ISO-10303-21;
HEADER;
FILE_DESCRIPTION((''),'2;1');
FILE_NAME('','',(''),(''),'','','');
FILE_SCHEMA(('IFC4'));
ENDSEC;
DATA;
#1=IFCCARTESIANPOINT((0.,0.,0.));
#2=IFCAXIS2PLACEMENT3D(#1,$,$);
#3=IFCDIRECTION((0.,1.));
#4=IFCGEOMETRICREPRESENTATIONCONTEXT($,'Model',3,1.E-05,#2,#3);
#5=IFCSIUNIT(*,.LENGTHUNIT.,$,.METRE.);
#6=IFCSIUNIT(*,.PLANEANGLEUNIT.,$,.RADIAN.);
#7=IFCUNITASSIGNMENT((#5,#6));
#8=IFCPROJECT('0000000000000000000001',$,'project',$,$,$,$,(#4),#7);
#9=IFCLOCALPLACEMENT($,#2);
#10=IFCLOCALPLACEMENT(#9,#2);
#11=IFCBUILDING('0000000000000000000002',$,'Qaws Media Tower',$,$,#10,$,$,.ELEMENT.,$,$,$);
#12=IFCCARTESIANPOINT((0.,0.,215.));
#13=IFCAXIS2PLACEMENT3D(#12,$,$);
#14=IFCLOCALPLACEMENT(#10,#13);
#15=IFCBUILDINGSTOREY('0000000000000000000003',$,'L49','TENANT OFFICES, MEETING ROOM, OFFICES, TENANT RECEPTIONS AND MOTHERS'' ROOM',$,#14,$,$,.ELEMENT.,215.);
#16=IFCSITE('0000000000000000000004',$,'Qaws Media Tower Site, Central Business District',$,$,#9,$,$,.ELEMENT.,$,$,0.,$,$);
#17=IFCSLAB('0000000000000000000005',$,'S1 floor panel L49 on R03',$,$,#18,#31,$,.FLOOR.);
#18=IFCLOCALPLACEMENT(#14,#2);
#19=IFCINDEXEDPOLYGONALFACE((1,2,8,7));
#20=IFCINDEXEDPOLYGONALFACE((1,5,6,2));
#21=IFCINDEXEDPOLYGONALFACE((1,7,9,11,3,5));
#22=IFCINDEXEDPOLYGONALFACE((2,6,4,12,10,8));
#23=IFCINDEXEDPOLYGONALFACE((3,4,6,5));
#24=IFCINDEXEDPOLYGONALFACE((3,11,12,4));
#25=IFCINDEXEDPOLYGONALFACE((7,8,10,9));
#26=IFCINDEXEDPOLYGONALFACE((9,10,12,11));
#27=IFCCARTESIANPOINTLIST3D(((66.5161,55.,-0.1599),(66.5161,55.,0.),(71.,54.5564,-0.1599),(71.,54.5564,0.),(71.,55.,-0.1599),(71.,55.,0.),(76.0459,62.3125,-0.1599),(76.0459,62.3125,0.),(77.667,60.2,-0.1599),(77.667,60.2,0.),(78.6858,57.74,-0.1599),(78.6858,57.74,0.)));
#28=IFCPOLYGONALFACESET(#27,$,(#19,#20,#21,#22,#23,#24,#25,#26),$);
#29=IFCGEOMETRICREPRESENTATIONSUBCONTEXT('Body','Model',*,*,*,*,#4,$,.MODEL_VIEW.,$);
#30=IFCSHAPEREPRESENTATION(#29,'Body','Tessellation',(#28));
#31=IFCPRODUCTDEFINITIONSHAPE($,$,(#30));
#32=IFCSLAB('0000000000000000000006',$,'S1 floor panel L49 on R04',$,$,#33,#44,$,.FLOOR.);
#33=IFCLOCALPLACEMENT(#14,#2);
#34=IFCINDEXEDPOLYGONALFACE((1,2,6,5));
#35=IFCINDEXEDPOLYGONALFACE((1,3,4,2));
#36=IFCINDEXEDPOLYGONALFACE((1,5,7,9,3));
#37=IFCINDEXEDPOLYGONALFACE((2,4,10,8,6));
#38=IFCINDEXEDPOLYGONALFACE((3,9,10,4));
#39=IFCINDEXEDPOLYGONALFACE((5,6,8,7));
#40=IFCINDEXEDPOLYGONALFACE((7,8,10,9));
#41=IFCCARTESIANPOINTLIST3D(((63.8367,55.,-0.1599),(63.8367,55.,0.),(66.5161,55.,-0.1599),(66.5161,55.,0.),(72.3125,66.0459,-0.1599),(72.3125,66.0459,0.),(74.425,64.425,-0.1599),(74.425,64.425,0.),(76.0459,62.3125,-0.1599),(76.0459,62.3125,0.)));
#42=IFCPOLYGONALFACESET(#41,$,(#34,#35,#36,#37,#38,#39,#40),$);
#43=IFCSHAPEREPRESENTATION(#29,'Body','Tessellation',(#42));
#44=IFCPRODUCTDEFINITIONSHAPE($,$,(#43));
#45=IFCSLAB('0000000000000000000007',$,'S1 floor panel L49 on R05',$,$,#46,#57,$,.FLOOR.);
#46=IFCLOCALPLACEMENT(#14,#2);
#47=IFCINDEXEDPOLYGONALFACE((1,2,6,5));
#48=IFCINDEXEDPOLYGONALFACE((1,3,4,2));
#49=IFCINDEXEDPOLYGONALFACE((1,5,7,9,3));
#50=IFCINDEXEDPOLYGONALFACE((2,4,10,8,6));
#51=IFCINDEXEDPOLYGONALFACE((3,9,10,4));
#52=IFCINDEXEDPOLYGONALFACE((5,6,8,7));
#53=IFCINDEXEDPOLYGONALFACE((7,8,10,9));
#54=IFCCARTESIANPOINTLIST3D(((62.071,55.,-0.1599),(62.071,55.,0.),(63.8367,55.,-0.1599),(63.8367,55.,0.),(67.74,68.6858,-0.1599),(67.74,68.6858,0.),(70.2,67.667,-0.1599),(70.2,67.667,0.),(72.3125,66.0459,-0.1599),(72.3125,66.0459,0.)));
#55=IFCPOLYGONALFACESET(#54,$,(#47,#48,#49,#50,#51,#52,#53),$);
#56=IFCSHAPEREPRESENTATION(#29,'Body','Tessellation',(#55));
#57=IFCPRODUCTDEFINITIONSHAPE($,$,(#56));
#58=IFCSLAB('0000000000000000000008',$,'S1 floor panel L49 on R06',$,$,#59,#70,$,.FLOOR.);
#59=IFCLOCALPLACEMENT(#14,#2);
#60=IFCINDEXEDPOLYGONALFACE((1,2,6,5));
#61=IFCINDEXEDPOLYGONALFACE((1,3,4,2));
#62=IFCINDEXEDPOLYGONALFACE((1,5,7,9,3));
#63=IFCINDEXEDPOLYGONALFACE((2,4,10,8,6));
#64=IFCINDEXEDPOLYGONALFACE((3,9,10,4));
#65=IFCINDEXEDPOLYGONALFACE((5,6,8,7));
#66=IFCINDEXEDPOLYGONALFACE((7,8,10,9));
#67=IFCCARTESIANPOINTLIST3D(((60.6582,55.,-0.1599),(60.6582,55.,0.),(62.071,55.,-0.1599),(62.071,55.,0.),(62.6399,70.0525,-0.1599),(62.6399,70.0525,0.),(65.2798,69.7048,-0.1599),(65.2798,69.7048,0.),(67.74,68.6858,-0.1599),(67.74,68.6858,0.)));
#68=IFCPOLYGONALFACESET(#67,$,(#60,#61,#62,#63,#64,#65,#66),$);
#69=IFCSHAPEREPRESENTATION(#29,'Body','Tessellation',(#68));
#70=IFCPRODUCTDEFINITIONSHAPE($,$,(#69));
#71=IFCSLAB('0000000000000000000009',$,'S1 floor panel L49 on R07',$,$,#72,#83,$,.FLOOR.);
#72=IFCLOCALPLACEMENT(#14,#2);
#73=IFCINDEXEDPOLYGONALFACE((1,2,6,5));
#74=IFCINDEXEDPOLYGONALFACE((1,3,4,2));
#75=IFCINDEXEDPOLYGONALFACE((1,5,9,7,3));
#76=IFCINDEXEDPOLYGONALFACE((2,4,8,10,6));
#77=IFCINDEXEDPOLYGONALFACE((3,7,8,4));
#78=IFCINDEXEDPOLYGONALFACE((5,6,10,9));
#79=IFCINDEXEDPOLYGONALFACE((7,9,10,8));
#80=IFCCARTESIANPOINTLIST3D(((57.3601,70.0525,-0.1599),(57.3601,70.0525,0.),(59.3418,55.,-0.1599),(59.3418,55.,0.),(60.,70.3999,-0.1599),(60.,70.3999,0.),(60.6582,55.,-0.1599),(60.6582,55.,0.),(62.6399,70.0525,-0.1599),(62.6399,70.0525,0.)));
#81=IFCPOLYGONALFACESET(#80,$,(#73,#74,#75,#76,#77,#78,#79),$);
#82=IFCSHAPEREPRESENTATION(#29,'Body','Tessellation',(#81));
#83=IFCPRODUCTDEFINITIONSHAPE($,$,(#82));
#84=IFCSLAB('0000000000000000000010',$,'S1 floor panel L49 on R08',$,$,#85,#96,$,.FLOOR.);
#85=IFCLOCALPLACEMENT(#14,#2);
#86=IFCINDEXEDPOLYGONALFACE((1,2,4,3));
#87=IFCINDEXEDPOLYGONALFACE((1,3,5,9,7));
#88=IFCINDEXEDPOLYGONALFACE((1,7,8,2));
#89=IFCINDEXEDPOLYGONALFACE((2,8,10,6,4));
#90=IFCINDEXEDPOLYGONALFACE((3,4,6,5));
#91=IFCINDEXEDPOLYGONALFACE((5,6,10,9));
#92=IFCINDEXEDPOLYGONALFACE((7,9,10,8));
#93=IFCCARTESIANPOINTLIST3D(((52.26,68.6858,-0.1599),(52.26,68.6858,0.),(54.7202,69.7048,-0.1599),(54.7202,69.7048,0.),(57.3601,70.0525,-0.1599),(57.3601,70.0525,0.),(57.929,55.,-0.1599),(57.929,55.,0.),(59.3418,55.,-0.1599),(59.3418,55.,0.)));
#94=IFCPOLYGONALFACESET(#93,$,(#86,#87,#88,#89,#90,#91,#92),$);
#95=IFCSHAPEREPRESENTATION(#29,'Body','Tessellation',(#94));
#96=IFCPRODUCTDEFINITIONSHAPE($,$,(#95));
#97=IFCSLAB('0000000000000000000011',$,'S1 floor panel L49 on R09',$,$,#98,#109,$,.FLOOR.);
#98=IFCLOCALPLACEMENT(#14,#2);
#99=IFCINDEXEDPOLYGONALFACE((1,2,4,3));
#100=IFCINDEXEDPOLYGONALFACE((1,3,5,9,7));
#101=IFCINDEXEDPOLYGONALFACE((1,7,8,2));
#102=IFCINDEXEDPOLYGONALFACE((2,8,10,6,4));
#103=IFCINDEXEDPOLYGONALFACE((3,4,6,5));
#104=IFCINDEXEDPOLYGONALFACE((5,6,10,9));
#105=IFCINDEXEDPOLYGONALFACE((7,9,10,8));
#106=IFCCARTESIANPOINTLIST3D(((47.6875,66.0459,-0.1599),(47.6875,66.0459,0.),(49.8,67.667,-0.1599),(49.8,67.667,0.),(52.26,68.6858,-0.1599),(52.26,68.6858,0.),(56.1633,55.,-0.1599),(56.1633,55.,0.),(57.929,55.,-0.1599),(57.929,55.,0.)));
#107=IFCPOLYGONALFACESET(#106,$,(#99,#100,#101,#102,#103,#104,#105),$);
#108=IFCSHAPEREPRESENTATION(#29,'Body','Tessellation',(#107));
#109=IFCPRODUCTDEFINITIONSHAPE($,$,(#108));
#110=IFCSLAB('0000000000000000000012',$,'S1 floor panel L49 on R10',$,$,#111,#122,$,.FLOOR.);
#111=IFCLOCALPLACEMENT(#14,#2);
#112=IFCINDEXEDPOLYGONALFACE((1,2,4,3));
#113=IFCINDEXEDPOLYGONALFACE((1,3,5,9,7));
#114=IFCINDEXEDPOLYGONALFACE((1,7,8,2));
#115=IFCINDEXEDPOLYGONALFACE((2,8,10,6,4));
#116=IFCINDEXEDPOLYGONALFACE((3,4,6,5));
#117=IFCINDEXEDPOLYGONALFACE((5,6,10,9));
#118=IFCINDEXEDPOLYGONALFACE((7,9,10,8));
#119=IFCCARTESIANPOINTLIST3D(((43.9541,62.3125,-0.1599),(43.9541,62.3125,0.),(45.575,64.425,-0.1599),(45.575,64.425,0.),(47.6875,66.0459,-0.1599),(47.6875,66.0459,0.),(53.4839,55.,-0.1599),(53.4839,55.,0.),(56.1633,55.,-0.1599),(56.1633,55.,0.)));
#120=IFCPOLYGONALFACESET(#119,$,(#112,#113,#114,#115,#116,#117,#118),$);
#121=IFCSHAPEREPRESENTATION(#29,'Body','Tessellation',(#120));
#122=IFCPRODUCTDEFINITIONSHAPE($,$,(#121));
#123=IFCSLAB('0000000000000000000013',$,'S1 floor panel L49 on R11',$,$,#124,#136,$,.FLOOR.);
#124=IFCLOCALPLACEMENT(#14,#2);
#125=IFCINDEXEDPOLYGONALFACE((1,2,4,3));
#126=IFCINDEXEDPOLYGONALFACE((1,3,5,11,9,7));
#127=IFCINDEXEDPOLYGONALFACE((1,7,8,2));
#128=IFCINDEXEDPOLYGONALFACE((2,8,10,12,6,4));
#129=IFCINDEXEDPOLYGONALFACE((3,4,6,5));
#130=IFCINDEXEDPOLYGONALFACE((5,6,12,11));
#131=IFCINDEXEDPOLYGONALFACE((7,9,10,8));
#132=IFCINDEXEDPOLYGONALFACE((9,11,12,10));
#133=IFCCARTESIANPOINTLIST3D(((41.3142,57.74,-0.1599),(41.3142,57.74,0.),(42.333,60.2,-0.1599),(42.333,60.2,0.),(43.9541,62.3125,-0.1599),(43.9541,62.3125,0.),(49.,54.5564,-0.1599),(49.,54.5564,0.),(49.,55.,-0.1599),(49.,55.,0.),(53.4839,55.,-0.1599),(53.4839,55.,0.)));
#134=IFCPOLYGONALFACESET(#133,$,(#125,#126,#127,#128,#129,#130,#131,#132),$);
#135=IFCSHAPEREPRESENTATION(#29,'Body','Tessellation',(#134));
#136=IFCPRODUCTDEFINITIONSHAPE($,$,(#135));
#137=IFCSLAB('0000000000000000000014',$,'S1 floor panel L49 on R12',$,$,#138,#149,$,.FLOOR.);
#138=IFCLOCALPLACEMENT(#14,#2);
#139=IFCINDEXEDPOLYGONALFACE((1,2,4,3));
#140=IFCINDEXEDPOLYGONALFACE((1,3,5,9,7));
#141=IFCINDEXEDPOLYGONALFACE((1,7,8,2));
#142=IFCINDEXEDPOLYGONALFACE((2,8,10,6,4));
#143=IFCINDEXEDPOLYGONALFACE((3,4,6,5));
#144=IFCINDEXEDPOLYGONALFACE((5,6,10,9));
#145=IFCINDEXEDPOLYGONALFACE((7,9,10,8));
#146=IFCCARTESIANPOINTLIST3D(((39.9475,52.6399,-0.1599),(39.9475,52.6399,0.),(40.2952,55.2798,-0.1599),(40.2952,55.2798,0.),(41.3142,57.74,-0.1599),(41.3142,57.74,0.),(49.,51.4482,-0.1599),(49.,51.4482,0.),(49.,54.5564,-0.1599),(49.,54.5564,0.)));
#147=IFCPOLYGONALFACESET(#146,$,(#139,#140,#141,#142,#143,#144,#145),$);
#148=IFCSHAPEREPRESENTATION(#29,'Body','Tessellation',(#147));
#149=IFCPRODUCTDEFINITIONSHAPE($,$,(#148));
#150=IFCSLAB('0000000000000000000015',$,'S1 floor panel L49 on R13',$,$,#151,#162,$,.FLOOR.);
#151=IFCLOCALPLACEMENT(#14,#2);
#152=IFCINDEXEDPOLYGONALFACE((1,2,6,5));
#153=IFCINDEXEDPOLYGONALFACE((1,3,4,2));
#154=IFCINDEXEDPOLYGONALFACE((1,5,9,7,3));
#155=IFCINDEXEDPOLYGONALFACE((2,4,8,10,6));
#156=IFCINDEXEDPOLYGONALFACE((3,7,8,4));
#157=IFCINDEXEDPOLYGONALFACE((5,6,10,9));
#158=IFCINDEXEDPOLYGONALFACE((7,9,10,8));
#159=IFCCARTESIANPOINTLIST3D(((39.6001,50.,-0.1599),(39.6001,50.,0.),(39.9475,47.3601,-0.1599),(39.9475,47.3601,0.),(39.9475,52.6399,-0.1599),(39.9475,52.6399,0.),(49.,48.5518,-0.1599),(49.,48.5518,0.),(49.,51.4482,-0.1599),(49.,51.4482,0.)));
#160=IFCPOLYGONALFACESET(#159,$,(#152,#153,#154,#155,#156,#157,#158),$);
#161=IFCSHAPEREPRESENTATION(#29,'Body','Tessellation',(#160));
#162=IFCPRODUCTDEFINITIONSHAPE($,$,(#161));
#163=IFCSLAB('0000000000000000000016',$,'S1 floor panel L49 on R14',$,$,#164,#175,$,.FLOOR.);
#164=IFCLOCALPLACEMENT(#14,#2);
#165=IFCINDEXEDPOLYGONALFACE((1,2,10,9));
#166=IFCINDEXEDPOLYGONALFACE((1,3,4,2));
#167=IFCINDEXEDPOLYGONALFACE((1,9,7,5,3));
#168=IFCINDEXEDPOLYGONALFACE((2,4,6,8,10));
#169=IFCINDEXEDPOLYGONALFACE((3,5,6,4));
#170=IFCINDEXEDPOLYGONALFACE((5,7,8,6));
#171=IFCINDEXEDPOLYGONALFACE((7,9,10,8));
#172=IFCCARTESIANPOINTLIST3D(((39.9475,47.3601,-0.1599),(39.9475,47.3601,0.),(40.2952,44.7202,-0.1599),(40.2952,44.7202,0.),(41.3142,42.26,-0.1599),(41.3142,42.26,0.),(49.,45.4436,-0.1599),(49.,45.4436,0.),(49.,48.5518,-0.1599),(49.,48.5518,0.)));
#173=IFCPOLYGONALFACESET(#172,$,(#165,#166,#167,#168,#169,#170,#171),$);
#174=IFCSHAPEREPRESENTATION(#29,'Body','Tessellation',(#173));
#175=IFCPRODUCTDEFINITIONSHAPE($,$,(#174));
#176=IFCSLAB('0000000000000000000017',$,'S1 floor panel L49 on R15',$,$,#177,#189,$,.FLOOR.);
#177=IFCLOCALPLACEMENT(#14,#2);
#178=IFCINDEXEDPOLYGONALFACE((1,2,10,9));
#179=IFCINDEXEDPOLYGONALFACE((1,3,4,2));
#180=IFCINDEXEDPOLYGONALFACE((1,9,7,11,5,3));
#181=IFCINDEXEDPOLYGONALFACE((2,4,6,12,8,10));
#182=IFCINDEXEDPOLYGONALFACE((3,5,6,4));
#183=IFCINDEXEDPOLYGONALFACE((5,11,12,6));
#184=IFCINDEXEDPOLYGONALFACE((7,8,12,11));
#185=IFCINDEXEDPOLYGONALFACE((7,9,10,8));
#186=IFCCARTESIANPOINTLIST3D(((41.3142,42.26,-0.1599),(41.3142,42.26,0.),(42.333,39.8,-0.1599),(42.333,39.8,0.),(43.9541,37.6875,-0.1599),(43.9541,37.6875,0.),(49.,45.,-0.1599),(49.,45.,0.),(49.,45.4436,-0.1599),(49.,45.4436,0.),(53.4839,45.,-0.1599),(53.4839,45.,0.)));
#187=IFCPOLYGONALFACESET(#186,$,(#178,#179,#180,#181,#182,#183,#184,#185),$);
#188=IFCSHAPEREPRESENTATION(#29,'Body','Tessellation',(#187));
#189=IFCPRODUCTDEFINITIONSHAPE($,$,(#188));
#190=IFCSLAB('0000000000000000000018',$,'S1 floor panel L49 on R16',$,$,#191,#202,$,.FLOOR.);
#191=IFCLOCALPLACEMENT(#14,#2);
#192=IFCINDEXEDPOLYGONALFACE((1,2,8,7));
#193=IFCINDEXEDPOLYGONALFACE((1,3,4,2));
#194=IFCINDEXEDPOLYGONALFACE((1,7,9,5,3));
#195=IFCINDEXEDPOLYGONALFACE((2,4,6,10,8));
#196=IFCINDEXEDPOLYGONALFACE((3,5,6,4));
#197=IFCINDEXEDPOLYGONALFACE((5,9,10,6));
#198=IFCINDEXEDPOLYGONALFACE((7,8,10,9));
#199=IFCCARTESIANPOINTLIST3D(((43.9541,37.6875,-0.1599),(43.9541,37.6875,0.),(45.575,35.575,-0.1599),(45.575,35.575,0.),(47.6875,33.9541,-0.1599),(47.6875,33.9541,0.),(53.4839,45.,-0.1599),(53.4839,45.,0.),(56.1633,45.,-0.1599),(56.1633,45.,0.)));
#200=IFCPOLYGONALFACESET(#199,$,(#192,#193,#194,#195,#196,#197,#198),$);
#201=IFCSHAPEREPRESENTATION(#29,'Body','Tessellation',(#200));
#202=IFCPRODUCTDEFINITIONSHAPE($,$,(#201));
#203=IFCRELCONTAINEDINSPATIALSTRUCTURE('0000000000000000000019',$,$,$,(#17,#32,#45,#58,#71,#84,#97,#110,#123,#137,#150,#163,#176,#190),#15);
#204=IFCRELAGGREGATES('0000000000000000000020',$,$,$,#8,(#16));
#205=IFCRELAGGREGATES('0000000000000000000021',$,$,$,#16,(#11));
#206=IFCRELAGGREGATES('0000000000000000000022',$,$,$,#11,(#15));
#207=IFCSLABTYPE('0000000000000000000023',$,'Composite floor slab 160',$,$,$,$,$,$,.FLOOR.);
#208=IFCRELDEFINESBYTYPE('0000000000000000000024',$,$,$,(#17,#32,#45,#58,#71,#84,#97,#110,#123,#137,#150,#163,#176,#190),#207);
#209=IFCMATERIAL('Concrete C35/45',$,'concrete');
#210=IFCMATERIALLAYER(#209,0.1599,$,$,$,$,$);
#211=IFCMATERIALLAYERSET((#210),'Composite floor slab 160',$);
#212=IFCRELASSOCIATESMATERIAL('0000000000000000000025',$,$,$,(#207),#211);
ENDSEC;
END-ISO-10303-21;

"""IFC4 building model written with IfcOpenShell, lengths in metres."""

from ifc_helpers import new_model, si_unit, direction, frame, origin, place, context, subcontext, project, spatial, polyline, outline, extrude, material, layer, layer_set, type_object, element, save


model = new_model("IFC4")

# Units and contexts
model_context = context("Model", 3, precision=1e-05, world=origin(), true_north=direction((0.0, 1.0)))
body_context = subcontext(model_context, "Body", "Model", "MODEL_VIEW")
ifc_project = project(units=[si_unit("LENGTHUNIT", "METRE"), si_unit("PLANEANGLEUNIT", "RADIAN")], contexts=[model_context])

# Site, building, storey
site_placement = place(None, origin())
site = spatial("IfcSite", under=ifc_project, at=site_placement, Name="Qaws Media Tower Site, Central Business District", CompositionType="ELEMENT", RefElevation=0.0)
building_placement = place(site_placement, origin())
building = spatial("IfcBuilding", under=site, at=building_placement, Name="Qaws Media Tower", CompositionType="ELEMENT")
storey_placement = place(building_placement, frame((0.0, 0.0, 215.0)))
storey = spatial("IfcBuildingStorey", under=building, at=storey_placement, Name="L49", Description="TENANT OFFICES, MEETING ROOM, OFFICES, TENANT RECEPTIONS AND MOTHERS' ROOM", CompositionType="ELEMENT", Elevation=215.0)

# Slabs
ifc_material_1 = material(Name="Concrete C35/45", Category="concrete")
ifc_layer_1 = layer(ifc_material_1, 0.1599)
ifc_layer_set_1 = layer_set([ifc_layer_1], Name="Composite floor slab 160")
slab_type_1 = type_object("IfcSlabType", Name="Composite floor slab 160", PredefinedType="FLOOR", material=ifc_layer_set_1)
slab_1_placement = place(storey_placement, frame((0.0, 0.0, -0.1599)))
element("IfcSlab", 1, at=slab_1_placement, inside=storey, type_object=slab_type_1, Name="S1 floor panel L49 on R03", PredefinedType="FLOOR", context=body_context, shape_type="SweptSolid", body=[
    extrude(outline(polyline([(77.667, 60.2), (78.6858, 57.74), (71.0, 54.5564), (71.0, 55.0), (66.5161, 55.0), (76.0459, 62.3125), (77.667, 60.2)])), origin(), (0.0, 0.0, 1.0), 0.1599),
])
slab_2_placement = place(storey_placement, frame((0.0, 0.0, -0.1599)))
element("IfcSlab", 2, at=slab_2_placement, inside=storey, type_object=slab_type_1, Name="S1 floor panel L49 on R04", PredefinedType="FLOOR", context=body_context, shape_type="SweptSolid", body=[
    extrude(outline(polyline([(74.425, 64.425), (76.0459, 62.3125), (66.5161, 55.0), (63.8367, 55.0), (72.3125, 66.0459), (74.425, 64.425)])), origin(), (0.0, 0.0, 1.0), 0.1599),
])
slab_3_placement = place(storey_placement, frame((0.0, 0.0, -0.1599)))
element("IfcSlab", 3, at=slab_3_placement, inside=storey, type_object=slab_type_1, Name="S1 floor panel L49 on R05", PredefinedType="FLOOR", context=body_context, shape_type="SweptSolid", body=[
    extrude(outline(polyline([(70.2, 67.667), (72.3125, 66.0459), (63.8367, 55.0), (62.071, 55.0), (67.74, 68.6858), (70.2, 67.667)])), origin(), (0.0, 0.0, 1.0), 0.1599),
])
slab_4_placement = place(storey_placement, frame((0.0, 0.0, -0.1599)))
element("IfcSlab", 4, at=slab_4_placement, inside=storey, type_object=slab_type_1, Name="S1 floor panel L49 on R06", PredefinedType="FLOOR", context=body_context, shape_type="SweptSolid", body=[
    extrude(outline(polyline([(65.2798, 69.7048), (67.74, 68.6858), (62.071, 55.0), (60.6582, 55.0), (62.6399, 70.0525), (65.2798, 69.7048)])), origin(), (0.0, 0.0, 1.0), 0.1599),
])
slab_5_placement = place(storey_placement, frame((0.0, 0.0, -0.1599)))
element("IfcSlab", 5, at=slab_5_placement, inside=storey, type_object=slab_type_1, Name="S1 floor panel L49 on R07", PredefinedType="FLOOR", context=body_context, shape_type="SweptSolid", body=[
    extrude(outline(polyline([(60.0, 70.3999), (62.6399, 70.0525), (60.6582, 55.0), (59.3418, 55.0), (57.3601, 70.0525), (60.0, 70.3999)])), origin(), (0.0, 0.0, 1.0), 0.1599),
])
slab_6_placement = place(storey_placement, frame((0.0, 0.0, -0.1599)))
element("IfcSlab", 6, at=slab_6_placement, inside=storey, type_object=slab_type_1, Name="S1 floor panel L49 on R08", PredefinedType="FLOOR", context=body_context, shape_type="SweptSolid", body=[
    extrude(outline(polyline([(54.7202, 69.7048), (57.3601, 70.0525), (59.3418, 55.0), (57.929, 55.0), (52.26, 68.6858), (54.7202, 69.7048)])), origin(), (0.0, 0.0, 1.0), 0.1599),
])
slab_7_placement = place(storey_placement, frame((0.0, 0.0, -0.1599)))
element("IfcSlab", 7, at=slab_7_placement, inside=storey, type_object=slab_type_1, Name="S1 floor panel L49 on R09", PredefinedType="FLOOR", context=body_context, shape_type="SweptSolid", body=[
    extrude(outline(polyline([(49.8, 67.667), (52.26, 68.6858), (57.929, 55.0), (56.1633, 55.0), (47.6875, 66.0459), (49.8, 67.667)])), origin(), (0.0, 0.0, 1.0), 0.1599),
])
slab_8_placement = place(storey_placement, frame((0.0, 0.0, -0.1599)))
element("IfcSlab", 8, at=slab_8_placement, inside=storey, type_object=slab_type_1, Name="S1 floor panel L49 on R10", PredefinedType="FLOOR", context=body_context, shape_type="SweptSolid", body=[
    extrude(outline(polyline([(45.575, 64.425), (47.6875, 66.0459), (56.1633, 55.0), (53.4839, 55.0), (43.9541, 62.3125), (45.575, 64.425)])), origin(), (0.0, 0.0, 1.0), 0.1599),
])
slab_9_placement = place(storey_placement, frame((0.0, 0.0, -0.1599)))
element("IfcSlab", 9, at=slab_9_placement, inside=storey, type_object=slab_type_1, Name="S1 floor panel L49 on R11", PredefinedType="FLOOR", context=body_context, shape_type="SweptSolid", body=[
    extrude(outline(polyline([(42.333, 60.2), (43.9541, 62.3125), (53.4839, 55.0), (49.0, 55.0), (49.0, 54.5564), (41.3142, 57.74), (42.333, 60.2)])), origin(), (0.0, 0.0, 1.0), 0.1599),
])
slab_10_placement = place(storey_placement, frame((0.0, 0.0, -0.1599)))
element("IfcSlab", 10, at=slab_10_placement, inside=storey, type_object=slab_type_1, Name="S1 floor panel L49 on R12", PredefinedType="FLOOR", context=body_context, shape_type="SweptSolid", body=[
    extrude(outline(polyline([(40.2952, 55.2798), (41.3142, 57.74), (49.0, 54.5564), (49.0, 51.4482), (39.9475, 52.6399), (40.2952, 55.2798)])), origin(), (0.0, 0.0, 1.0), 0.1599),
])
slab_11_placement = place(storey_placement, frame((0.0, 0.0, -0.1599)))
element("IfcSlab", 11, at=slab_11_placement, inside=storey, type_object=slab_type_1, Name="S1 floor panel L49 on R13", PredefinedType="FLOOR", context=body_context, shape_type="SweptSolid", body=[
    extrude(outline(polyline([(39.6001, 50.0), (39.9475, 52.6399), (49.0, 51.4482), (49.0, 48.5518), (39.9475, 47.3601), (39.6001, 50.0)])), origin(), (0.0, 0.0, 1.0), 0.1599),
])
slab_12_placement = place(storey_placement, frame((0.0, 0.0, -0.1599)))
element("IfcSlab", 12, at=slab_12_placement, inside=storey, type_object=slab_type_1, Name="S1 floor panel L49 on R14", PredefinedType="FLOOR", context=body_context, shape_type="SweptSolid", body=[
    extrude(outline(polyline([(40.2952, 44.7202), (39.9475, 47.3601), (49.0, 48.5518), (49.0, 45.4436), (41.3142, 42.26), (40.2952, 44.7202)])), origin(), (0.0, 0.0, 1.0), 0.1599),
])
slab_13_placement = place(storey_placement, frame((0.0, 0.0, -0.1599)))
element("IfcSlab", 13, at=slab_13_placement, inside=storey, type_object=slab_type_1, Name="S1 floor panel L49 on R15", PredefinedType="FLOOR", context=body_context, shape_type="SweptSolid", body=[
    extrude(outline(polyline([(42.333, 39.8), (41.3142, 42.26), (49.0, 45.4436), (49.0, 45.0), (53.4839, 45.0), (43.9541, 37.6875), (42.333, 39.8)])), origin(), (0.0, 0.0, 1.0), 0.1599),
])
slab_14_placement = place(storey_placement, frame((0.0, 0.0, -0.1599)))
element("IfcSlab", 14, at=slab_14_placement, inside=storey, type_object=slab_type_1, Name="S1 floor panel L49 on R16", PredefinedType="FLOOR", context=body_context, shape_type="SweptSolid", body=[
    extrude(outline(polyline([(45.575, 35.575), (43.9541, 37.6875), (53.4839, 45.0), (56.1633, 45.0), (47.6875, 33.9541), (45.575, 35.575)])), origin(), (0.0, 0.0, 1.0), 0.1599),
])

save(model, "model.ifc")
